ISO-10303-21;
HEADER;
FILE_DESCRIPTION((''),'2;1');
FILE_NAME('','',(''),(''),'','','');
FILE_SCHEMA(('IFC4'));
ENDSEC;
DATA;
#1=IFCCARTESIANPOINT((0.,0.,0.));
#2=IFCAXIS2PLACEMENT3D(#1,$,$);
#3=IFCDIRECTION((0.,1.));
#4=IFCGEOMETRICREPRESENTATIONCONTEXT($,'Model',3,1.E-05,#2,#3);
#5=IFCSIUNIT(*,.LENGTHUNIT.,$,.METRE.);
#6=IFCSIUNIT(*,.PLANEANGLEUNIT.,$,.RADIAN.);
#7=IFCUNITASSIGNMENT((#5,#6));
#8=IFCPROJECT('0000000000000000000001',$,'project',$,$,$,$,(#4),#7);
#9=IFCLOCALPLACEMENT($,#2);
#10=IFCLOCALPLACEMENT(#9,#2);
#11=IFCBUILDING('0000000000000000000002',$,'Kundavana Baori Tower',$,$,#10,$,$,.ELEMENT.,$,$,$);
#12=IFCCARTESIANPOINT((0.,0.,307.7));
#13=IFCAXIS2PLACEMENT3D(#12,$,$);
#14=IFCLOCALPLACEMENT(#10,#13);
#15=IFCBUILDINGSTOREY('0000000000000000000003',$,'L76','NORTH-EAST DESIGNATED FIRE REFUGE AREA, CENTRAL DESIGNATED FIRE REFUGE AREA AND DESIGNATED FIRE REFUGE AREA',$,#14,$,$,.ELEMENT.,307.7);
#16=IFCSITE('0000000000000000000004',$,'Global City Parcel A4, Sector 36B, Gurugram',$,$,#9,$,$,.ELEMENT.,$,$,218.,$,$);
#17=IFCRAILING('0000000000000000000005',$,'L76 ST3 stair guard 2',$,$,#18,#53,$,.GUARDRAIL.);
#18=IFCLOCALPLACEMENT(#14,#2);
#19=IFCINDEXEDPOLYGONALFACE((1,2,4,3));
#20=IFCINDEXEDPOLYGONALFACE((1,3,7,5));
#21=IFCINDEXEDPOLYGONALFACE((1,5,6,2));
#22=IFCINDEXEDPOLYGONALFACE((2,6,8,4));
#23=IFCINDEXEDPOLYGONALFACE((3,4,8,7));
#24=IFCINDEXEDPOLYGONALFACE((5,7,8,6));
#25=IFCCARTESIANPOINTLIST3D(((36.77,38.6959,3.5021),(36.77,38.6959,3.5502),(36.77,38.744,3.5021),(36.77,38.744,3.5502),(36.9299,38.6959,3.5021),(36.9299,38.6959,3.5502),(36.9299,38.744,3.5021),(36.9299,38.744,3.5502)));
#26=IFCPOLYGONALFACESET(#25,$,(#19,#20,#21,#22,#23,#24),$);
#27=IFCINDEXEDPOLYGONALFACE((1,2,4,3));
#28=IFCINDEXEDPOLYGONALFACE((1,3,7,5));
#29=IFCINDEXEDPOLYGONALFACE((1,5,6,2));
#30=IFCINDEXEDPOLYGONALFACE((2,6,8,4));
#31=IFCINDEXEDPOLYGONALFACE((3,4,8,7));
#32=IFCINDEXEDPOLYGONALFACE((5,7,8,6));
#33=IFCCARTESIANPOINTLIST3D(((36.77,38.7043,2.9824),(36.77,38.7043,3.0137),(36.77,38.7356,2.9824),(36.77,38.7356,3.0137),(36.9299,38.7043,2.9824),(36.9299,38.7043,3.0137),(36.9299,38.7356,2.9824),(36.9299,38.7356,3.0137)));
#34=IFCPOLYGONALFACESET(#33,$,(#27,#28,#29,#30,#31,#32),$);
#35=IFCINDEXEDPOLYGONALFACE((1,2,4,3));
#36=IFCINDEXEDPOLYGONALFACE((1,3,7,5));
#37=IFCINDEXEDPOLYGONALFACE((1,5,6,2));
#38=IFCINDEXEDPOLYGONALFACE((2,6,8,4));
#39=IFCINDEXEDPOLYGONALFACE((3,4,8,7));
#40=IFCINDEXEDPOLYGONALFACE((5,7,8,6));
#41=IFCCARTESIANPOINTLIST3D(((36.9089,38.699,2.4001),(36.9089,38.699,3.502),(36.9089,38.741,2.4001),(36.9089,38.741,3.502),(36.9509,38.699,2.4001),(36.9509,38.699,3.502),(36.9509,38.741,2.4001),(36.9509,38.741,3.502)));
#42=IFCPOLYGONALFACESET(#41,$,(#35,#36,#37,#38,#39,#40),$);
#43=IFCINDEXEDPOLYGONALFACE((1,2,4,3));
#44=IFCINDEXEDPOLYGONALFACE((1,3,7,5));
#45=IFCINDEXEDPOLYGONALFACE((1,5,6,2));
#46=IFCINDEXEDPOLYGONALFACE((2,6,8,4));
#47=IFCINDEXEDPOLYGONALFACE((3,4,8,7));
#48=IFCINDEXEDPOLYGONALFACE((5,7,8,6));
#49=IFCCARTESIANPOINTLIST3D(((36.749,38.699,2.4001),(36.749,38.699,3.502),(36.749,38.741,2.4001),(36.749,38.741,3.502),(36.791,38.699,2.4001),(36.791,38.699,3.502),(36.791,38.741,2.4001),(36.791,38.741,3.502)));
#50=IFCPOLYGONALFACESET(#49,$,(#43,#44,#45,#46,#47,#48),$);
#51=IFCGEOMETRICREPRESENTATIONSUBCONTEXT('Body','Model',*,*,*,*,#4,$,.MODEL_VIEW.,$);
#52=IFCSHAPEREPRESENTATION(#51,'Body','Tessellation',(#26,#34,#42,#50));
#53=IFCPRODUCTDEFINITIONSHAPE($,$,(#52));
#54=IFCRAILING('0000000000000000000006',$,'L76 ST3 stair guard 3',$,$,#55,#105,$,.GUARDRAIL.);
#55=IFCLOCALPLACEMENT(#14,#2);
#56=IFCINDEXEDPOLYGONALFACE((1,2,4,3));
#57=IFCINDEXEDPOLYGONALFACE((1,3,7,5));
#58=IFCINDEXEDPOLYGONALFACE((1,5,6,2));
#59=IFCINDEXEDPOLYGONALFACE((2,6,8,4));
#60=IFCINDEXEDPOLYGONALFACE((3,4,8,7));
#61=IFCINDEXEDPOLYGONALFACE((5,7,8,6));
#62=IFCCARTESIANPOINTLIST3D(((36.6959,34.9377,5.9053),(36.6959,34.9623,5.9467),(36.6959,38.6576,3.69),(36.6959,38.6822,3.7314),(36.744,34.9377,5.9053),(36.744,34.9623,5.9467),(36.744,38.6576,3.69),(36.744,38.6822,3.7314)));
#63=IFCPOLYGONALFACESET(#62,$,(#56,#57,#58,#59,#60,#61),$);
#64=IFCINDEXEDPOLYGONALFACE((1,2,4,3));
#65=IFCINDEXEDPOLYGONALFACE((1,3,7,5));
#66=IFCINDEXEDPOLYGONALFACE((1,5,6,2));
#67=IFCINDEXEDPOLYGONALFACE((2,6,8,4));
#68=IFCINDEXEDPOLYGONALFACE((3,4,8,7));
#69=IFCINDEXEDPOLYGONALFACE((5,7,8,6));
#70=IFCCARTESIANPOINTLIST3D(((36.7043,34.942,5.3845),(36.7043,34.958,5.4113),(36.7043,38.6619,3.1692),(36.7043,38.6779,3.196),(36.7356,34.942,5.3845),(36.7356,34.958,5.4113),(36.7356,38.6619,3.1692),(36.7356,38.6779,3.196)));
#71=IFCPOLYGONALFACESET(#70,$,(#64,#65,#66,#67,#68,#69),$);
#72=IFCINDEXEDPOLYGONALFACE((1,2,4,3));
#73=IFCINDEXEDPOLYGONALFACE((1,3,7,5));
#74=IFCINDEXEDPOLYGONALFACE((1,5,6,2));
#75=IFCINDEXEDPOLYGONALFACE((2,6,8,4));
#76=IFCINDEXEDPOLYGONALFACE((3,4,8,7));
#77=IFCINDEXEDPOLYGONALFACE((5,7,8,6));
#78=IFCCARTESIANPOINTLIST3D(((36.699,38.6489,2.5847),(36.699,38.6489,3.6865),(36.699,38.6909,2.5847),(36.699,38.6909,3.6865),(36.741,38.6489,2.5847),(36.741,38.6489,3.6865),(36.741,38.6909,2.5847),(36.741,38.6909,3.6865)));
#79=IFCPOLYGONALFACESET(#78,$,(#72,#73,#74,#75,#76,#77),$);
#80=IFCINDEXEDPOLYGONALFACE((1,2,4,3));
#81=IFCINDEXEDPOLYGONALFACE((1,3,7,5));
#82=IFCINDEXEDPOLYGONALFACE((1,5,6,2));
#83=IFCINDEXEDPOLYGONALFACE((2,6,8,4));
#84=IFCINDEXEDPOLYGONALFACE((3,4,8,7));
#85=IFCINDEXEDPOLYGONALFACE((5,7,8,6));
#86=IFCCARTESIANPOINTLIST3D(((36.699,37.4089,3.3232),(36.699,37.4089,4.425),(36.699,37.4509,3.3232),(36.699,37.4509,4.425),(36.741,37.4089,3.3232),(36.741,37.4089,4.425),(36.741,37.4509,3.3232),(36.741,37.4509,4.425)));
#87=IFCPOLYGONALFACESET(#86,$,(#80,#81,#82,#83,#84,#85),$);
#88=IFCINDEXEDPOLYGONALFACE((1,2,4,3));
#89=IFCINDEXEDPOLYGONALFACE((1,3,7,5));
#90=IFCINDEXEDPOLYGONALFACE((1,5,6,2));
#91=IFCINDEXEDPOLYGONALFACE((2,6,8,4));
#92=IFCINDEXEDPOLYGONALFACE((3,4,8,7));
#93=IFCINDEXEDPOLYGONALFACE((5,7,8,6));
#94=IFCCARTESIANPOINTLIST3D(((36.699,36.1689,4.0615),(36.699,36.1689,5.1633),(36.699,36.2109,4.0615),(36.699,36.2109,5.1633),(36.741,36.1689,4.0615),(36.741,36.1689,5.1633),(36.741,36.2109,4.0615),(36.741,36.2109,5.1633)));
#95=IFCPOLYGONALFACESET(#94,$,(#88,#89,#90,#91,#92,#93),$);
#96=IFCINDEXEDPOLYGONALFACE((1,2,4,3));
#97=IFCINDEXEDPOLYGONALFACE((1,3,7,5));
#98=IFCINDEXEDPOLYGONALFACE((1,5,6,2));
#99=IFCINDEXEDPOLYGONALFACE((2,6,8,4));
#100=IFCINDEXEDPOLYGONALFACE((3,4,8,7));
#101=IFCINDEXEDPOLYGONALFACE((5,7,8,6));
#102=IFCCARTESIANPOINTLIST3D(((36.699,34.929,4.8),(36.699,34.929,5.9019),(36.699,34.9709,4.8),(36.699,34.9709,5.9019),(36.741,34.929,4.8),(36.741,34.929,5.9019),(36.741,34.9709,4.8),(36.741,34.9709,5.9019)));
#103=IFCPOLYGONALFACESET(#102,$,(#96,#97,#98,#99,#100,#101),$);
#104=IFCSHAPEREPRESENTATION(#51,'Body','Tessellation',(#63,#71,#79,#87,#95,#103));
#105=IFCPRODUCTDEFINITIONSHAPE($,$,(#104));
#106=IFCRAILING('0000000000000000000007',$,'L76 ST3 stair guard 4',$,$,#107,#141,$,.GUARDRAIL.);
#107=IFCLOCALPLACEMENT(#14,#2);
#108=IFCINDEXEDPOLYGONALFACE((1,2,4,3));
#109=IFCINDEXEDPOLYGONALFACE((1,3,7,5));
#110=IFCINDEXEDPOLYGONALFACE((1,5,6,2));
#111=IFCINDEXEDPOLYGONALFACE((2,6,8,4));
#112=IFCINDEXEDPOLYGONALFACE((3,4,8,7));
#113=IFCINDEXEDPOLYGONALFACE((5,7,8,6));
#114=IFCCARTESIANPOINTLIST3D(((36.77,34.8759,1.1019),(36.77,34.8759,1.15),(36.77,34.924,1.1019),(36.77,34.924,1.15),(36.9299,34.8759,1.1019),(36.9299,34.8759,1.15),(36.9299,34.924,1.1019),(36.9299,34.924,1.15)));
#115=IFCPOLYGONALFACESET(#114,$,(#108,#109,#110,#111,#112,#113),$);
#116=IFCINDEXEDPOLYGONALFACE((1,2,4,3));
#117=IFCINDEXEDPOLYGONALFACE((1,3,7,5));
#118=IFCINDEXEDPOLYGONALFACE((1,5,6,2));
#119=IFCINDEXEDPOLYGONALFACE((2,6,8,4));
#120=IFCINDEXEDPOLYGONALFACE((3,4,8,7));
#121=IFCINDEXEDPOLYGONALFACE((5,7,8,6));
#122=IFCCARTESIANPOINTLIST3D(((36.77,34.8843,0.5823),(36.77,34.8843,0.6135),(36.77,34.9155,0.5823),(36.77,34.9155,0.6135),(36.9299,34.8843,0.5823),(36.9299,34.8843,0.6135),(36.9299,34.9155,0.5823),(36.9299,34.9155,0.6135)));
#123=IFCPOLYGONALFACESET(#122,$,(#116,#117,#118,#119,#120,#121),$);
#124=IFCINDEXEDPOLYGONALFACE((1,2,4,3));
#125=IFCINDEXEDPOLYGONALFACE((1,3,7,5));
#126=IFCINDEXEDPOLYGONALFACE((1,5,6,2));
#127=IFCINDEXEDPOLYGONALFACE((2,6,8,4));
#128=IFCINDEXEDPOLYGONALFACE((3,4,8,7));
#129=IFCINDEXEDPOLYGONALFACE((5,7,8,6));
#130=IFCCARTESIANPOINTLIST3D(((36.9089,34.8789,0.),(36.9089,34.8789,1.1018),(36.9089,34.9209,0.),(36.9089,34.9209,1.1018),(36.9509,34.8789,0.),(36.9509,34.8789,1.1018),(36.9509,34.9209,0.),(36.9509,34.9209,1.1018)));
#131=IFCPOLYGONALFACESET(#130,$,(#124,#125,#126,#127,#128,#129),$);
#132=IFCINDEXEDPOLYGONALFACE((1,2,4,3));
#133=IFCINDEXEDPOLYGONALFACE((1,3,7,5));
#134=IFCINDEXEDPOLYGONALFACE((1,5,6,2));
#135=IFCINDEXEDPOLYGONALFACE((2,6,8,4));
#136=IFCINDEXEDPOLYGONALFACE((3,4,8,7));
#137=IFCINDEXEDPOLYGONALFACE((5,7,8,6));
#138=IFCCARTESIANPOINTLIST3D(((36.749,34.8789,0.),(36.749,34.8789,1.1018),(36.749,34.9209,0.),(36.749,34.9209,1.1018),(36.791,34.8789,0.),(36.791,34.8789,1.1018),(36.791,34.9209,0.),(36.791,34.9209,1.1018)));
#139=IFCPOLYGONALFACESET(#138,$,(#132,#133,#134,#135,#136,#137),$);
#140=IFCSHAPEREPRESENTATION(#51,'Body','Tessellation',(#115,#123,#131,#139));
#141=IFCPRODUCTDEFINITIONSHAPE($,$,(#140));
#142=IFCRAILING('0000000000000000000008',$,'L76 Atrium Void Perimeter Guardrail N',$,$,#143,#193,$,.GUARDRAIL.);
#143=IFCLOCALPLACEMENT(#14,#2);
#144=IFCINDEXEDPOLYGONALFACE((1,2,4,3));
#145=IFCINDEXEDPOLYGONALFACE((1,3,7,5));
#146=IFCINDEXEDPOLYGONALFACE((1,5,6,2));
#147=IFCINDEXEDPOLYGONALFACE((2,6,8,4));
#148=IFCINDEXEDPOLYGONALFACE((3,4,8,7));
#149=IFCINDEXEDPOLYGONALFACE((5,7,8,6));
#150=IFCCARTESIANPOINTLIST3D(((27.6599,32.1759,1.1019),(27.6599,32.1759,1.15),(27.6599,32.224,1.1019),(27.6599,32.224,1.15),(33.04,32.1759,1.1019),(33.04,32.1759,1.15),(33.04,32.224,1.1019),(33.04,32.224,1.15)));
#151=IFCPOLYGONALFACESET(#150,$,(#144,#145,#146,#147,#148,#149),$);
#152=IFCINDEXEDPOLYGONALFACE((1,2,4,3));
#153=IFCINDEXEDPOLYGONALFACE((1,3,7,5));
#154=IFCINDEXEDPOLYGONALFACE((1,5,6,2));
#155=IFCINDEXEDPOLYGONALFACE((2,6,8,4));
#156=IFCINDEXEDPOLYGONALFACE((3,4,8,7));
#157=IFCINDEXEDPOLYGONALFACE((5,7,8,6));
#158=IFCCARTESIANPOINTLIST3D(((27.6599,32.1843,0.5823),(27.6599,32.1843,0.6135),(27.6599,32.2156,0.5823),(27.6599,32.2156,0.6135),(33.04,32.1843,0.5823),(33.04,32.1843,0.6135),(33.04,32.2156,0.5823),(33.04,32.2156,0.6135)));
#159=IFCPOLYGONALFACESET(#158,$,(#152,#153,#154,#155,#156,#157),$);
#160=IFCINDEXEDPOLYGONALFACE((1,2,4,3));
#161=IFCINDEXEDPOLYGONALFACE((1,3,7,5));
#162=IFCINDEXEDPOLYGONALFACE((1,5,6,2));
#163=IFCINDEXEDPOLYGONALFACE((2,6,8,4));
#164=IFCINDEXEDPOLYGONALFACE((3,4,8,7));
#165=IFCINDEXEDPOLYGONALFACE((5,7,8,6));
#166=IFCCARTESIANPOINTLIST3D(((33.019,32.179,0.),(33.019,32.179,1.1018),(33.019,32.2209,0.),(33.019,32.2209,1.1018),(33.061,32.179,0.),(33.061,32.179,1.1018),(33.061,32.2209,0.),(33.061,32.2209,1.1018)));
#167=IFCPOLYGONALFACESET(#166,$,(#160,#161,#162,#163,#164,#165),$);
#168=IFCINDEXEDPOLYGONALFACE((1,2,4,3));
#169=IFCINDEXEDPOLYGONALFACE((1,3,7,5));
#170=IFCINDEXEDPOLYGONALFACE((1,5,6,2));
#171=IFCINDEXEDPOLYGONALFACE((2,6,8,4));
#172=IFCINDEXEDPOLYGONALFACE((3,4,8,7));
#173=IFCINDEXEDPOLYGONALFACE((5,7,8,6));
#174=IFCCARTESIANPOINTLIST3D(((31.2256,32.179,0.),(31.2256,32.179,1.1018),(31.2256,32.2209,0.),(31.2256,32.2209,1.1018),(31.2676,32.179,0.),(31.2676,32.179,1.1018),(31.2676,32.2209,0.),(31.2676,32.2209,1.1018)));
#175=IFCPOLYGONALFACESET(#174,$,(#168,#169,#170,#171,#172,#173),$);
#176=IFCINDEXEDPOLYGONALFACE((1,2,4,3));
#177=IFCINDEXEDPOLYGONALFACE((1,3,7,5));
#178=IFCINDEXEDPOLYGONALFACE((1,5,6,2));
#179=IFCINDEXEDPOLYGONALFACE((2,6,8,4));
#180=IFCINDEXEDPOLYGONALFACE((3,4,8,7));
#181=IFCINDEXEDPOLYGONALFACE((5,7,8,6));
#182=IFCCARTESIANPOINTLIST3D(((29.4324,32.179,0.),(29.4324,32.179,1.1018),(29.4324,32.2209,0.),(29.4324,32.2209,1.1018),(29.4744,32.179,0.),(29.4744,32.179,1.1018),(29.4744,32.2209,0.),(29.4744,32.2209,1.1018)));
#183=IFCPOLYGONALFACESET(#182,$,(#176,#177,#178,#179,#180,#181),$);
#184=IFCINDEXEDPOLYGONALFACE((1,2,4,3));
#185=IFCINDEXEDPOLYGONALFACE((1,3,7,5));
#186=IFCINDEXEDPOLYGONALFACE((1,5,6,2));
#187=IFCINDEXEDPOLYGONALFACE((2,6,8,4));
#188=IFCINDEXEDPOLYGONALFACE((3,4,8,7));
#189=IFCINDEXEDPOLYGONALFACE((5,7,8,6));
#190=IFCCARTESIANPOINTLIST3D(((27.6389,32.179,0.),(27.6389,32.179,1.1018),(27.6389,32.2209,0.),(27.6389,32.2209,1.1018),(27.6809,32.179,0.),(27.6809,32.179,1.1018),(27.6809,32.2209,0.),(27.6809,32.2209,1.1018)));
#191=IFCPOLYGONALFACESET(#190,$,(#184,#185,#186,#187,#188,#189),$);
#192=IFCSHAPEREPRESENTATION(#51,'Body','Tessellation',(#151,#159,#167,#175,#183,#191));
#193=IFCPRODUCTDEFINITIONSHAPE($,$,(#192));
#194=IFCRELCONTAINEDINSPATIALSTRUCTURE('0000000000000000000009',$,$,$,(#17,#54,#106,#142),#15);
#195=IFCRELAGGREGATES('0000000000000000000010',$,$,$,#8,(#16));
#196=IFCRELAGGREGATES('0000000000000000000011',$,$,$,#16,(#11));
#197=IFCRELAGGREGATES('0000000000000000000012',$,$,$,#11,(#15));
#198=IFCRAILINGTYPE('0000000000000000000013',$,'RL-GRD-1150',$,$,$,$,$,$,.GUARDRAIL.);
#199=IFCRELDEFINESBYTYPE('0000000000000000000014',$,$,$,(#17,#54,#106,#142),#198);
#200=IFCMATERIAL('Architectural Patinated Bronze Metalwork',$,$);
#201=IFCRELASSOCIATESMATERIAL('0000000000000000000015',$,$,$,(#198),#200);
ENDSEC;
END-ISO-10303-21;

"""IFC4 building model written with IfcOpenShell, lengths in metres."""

from ifc_helpers import new_model, si_unit, direction, frame, origin, origin_2d, place, context, subcontext, project, spatial, rectangle, extrude, material, type_object, element, save


model = new_model("IFC4")

# Units and contexts
model_context = context("Model", 3, precision=1e-05, world=origin(), true_north=direction((0.0, 1.0)))
body_context = subcontext(model_context, "Body", "Model", "MODEL_VIEW")
ifc_project = project(units=[si_unit("LENGTHUNIT", "METRE"), si_unit("PLANEANGLEUNIT", "RADIAN")], contexts=[model_context])

# Site, building, storey
site_placement = place(None, origin())
site = spatial("IfcSite", under=ifc_project, at=site_placement, Name="Global City Parcel A4, Sector 36B, Gurugram", CompositionType="ELEMENT", RefElevation=218.0)
building_placement = place(site_placement, origin())
building = spatial("IfcBuilding", under=site, at=building_placement, Name="Kundavana Baori Tower", CompositionType="ELEMENT")
storey_placement = place(building_placement, frame((0.0, 0.0, 307.7)))
storey = spatial("IfcBuildingStorey", under=building, at=storey_placement, Name="L76", Description="NORTH-EAST DESIGNATED FIRE REFUGE AREA, CENTRAL DESIGNATED FIRE REFUGE AREA AND DESIGNATED FIRE REFUGE AREA", CompositionType="ELEMENT", Elevation=307.7)

# Railings
ifc_material_1 = material(Name="Architectural Patinated Bronze Metalwork")
railing_type_1 = type_object("IfcRailingType", Name="RL-GRD-1150", PredefinedType="GUARDRAIL", material=ifc_material_1)
railing_1_placement = place(storey_placement, frame((36.9299, 38.72, 2.4001)))
element("IfcRailing", 1, at=railing_1_placement, inside=storey, type_object=railing_type_1, Name="L76 ST3 stair guard 2", PredefinedType="GUARDRAIL", context=body_context, shape_type="SweptSolid", body=[
    extrude(rectangle(XDim=0.0481, YDim=0.0481, at=origin_2d()), frame((0.0, 0.0, 1.126), z_axis=(-1.0, 0.0, 0.0), x_axis=(0.0, -1.0, 0.0)), (0.0, 0.0, 1.0), 0.1599),
    extrude(rectangle(XDim=0.0312, YDim=0.0312, at=origin_2d()), frame((0.0, 0.0, 0.5979), z_axis=(-1.0, 0.0, 0.0), x_axis=(0.0, -1.0, 0.0)), (0.0, 0.0, 1.0), 0.1599),
    extrude(rectangle(XDim=0.042, YDim=0.042, at=origin_2d()), origin(), (0.0, 0.0, 1.0), 1.1018),
    extrude(rectangle(XDim=0.042, YDim=0.042, at=origin_2d()), frame((-0.1599, 0.0, 0.0)), (0.0, 0.0, 1.0), 1.1018),
])
railing_2_placement = place(storey_placement, frame((36.72, 38.6699, 2.5847)))
element("IfcRailing", 2, at=railing_2_placement, inside=storey, type_object=railing_type_1, Name="L76 ST3 stair guard 3", PredefinedType="GUARDRAIL", context=body_context, shape_type="SweptSolid", body=[
    extrude(rectangle(XDim=0.0481, YDim=0.0481, at=origin_2d()), frame((0.0, 0.0, 1.126), z_axis=(0.0, -0.859185, 0.511665), x_axis=(1.0, 0.0, 0.0)), (0.0, 0.0, 1.0), 4.3296),
    extrude(rectangle(XDim=0.0312, YDim=0.0312, at=origin_2d()), frame((0.0, 0.0, 0.5979), z_axis=(0.0, -0.859185, 0.511665), x_axis=(1.0, 0.0, 0.0)), (0.0, 0.0, 1.0), 4.3296),
    extrude(rectangle(XDim=0.042, YDim=0.042, at=origin_2d()), origin(), (0.0, 0.0, 1.0), 1.1018),
    extrude(rectangle(XDim=0.042, YDim=0.042, at=origin_2d()), frame((0.0, -1.24, 0.7385)), (0.0, 0.0, 1.0), 1.1018),
    extrude(rectangle(XDim=0.042, YDim=0.042, at=origin_2d()), frame((0.0, -2.48, 1.4768)), (0.0, 0.0, 1.0), 1.1018),
    extrude(rectangle(XDim=0.042, YDim=0.042, at=origin_2d()), frame((0.0, -3.72, 2.2153)), (0.0, 0.0, 1.0), 1.1018),
])
railing_3_placement = place(storey_placement, frame((36.9299, 34.8999, 0.0)))
element("IfcRailing", 3, at=railing_3_placement, inside=storey, type_object=railing_type_1, Name="L76 ST3 stair guard 4", PredefinedType="GUARDRAIL", context=body_context, shape_type="SweptSolid", body=[
    extrude(rectangle(XDim=0.0481, YDim=0.0481, at=origin_2d()), frame((0.0, 0.0, 1.126), z_axis=(-1.0, 0.0, 0.0), x_axis=(0.0, -1.0, 0.0)), (0.0, 0.0, 1.0), 0.1599),
    extrude(rectangle(XDim=0.0312, YDim=0.0312, at=origin_2d()), frame((0.0, 0.0, 0.5979), z_axis=(-1.0, 0.0, 0.0), x_axis=(0.0, -1.0, 0.0)), (0.0, 0.0, 1.0), 0.1599),
    extrude(rectangle(XDim=0.042, YDim=0.042, at=origin_2d()), origin(), (0.0, 0.0, 1.0), 1.1018),
    extrude(rectangle(XDim=0.042, YDim=0.042, at=origin_2d()), frame((-0.1599, 0.0, 0.0)), (0.0, 0.0, 1.0), 1.1018),
])
railing_4_placement = place(storey_placement, frame((33.04, 32.2, 0.0)))
element("IfcRailing", 4, at=railing_4_placement, inside=storey, type_object=railing_type_1, Name="L76 Atrium Void Perimeter Guardrail N", PredefinedType="GUARDRAIL", context=body_context, shape_type="SweptSolid", body=[
    extrude(rectangle(XDim=0.0481, YDim=0.0481, at=origin_2d()), frame((0.0, 0.0, 1.126), z_axis=(-1.0, 0.0, 0.0), x_axis=(0.0, -1.0, 0.0)), (0.0, 0.0, 1.0), 5.3801),
    extrude(rectangle(XDim=0.0312, YDim=0.0312, at=origin_2d()), frame((0.0, 0.0, 0.5979), z_axis=(-1.0, 0.0, 0.0), x_axis=(0.0, -1.0, 0.0)), (0.0, 0.0, 1.0), 5.3801),
    extrude(rectangle(XDim=0.042, YDim=0.042, at=origin_2d()), origin(), (0.0, 0.0, 1.0), 1.1018),
    extrude(rectangle(XDim=0.042, YDim=0.042, at=origin_2d()), frame((-1.7935, 0.0, 0.0)), (0.0, 0.0, 1.0), 1.1018),
    extrude(rectangle(XDim=0.042, YDim=0.042, at=origin_2d()), frame((-3.5867, 0.0, 0.0)), (0.0, 0.0, 1.0), 1.1018),
    extrude(rectangle(XDim=0.042, YDim=0.042, at=origin_2d()), frame((-5.3801, 0.0, 0.0)), (0.0, 0.0, 1.0), 1.1018),
])

save(model, "model.ifc")
